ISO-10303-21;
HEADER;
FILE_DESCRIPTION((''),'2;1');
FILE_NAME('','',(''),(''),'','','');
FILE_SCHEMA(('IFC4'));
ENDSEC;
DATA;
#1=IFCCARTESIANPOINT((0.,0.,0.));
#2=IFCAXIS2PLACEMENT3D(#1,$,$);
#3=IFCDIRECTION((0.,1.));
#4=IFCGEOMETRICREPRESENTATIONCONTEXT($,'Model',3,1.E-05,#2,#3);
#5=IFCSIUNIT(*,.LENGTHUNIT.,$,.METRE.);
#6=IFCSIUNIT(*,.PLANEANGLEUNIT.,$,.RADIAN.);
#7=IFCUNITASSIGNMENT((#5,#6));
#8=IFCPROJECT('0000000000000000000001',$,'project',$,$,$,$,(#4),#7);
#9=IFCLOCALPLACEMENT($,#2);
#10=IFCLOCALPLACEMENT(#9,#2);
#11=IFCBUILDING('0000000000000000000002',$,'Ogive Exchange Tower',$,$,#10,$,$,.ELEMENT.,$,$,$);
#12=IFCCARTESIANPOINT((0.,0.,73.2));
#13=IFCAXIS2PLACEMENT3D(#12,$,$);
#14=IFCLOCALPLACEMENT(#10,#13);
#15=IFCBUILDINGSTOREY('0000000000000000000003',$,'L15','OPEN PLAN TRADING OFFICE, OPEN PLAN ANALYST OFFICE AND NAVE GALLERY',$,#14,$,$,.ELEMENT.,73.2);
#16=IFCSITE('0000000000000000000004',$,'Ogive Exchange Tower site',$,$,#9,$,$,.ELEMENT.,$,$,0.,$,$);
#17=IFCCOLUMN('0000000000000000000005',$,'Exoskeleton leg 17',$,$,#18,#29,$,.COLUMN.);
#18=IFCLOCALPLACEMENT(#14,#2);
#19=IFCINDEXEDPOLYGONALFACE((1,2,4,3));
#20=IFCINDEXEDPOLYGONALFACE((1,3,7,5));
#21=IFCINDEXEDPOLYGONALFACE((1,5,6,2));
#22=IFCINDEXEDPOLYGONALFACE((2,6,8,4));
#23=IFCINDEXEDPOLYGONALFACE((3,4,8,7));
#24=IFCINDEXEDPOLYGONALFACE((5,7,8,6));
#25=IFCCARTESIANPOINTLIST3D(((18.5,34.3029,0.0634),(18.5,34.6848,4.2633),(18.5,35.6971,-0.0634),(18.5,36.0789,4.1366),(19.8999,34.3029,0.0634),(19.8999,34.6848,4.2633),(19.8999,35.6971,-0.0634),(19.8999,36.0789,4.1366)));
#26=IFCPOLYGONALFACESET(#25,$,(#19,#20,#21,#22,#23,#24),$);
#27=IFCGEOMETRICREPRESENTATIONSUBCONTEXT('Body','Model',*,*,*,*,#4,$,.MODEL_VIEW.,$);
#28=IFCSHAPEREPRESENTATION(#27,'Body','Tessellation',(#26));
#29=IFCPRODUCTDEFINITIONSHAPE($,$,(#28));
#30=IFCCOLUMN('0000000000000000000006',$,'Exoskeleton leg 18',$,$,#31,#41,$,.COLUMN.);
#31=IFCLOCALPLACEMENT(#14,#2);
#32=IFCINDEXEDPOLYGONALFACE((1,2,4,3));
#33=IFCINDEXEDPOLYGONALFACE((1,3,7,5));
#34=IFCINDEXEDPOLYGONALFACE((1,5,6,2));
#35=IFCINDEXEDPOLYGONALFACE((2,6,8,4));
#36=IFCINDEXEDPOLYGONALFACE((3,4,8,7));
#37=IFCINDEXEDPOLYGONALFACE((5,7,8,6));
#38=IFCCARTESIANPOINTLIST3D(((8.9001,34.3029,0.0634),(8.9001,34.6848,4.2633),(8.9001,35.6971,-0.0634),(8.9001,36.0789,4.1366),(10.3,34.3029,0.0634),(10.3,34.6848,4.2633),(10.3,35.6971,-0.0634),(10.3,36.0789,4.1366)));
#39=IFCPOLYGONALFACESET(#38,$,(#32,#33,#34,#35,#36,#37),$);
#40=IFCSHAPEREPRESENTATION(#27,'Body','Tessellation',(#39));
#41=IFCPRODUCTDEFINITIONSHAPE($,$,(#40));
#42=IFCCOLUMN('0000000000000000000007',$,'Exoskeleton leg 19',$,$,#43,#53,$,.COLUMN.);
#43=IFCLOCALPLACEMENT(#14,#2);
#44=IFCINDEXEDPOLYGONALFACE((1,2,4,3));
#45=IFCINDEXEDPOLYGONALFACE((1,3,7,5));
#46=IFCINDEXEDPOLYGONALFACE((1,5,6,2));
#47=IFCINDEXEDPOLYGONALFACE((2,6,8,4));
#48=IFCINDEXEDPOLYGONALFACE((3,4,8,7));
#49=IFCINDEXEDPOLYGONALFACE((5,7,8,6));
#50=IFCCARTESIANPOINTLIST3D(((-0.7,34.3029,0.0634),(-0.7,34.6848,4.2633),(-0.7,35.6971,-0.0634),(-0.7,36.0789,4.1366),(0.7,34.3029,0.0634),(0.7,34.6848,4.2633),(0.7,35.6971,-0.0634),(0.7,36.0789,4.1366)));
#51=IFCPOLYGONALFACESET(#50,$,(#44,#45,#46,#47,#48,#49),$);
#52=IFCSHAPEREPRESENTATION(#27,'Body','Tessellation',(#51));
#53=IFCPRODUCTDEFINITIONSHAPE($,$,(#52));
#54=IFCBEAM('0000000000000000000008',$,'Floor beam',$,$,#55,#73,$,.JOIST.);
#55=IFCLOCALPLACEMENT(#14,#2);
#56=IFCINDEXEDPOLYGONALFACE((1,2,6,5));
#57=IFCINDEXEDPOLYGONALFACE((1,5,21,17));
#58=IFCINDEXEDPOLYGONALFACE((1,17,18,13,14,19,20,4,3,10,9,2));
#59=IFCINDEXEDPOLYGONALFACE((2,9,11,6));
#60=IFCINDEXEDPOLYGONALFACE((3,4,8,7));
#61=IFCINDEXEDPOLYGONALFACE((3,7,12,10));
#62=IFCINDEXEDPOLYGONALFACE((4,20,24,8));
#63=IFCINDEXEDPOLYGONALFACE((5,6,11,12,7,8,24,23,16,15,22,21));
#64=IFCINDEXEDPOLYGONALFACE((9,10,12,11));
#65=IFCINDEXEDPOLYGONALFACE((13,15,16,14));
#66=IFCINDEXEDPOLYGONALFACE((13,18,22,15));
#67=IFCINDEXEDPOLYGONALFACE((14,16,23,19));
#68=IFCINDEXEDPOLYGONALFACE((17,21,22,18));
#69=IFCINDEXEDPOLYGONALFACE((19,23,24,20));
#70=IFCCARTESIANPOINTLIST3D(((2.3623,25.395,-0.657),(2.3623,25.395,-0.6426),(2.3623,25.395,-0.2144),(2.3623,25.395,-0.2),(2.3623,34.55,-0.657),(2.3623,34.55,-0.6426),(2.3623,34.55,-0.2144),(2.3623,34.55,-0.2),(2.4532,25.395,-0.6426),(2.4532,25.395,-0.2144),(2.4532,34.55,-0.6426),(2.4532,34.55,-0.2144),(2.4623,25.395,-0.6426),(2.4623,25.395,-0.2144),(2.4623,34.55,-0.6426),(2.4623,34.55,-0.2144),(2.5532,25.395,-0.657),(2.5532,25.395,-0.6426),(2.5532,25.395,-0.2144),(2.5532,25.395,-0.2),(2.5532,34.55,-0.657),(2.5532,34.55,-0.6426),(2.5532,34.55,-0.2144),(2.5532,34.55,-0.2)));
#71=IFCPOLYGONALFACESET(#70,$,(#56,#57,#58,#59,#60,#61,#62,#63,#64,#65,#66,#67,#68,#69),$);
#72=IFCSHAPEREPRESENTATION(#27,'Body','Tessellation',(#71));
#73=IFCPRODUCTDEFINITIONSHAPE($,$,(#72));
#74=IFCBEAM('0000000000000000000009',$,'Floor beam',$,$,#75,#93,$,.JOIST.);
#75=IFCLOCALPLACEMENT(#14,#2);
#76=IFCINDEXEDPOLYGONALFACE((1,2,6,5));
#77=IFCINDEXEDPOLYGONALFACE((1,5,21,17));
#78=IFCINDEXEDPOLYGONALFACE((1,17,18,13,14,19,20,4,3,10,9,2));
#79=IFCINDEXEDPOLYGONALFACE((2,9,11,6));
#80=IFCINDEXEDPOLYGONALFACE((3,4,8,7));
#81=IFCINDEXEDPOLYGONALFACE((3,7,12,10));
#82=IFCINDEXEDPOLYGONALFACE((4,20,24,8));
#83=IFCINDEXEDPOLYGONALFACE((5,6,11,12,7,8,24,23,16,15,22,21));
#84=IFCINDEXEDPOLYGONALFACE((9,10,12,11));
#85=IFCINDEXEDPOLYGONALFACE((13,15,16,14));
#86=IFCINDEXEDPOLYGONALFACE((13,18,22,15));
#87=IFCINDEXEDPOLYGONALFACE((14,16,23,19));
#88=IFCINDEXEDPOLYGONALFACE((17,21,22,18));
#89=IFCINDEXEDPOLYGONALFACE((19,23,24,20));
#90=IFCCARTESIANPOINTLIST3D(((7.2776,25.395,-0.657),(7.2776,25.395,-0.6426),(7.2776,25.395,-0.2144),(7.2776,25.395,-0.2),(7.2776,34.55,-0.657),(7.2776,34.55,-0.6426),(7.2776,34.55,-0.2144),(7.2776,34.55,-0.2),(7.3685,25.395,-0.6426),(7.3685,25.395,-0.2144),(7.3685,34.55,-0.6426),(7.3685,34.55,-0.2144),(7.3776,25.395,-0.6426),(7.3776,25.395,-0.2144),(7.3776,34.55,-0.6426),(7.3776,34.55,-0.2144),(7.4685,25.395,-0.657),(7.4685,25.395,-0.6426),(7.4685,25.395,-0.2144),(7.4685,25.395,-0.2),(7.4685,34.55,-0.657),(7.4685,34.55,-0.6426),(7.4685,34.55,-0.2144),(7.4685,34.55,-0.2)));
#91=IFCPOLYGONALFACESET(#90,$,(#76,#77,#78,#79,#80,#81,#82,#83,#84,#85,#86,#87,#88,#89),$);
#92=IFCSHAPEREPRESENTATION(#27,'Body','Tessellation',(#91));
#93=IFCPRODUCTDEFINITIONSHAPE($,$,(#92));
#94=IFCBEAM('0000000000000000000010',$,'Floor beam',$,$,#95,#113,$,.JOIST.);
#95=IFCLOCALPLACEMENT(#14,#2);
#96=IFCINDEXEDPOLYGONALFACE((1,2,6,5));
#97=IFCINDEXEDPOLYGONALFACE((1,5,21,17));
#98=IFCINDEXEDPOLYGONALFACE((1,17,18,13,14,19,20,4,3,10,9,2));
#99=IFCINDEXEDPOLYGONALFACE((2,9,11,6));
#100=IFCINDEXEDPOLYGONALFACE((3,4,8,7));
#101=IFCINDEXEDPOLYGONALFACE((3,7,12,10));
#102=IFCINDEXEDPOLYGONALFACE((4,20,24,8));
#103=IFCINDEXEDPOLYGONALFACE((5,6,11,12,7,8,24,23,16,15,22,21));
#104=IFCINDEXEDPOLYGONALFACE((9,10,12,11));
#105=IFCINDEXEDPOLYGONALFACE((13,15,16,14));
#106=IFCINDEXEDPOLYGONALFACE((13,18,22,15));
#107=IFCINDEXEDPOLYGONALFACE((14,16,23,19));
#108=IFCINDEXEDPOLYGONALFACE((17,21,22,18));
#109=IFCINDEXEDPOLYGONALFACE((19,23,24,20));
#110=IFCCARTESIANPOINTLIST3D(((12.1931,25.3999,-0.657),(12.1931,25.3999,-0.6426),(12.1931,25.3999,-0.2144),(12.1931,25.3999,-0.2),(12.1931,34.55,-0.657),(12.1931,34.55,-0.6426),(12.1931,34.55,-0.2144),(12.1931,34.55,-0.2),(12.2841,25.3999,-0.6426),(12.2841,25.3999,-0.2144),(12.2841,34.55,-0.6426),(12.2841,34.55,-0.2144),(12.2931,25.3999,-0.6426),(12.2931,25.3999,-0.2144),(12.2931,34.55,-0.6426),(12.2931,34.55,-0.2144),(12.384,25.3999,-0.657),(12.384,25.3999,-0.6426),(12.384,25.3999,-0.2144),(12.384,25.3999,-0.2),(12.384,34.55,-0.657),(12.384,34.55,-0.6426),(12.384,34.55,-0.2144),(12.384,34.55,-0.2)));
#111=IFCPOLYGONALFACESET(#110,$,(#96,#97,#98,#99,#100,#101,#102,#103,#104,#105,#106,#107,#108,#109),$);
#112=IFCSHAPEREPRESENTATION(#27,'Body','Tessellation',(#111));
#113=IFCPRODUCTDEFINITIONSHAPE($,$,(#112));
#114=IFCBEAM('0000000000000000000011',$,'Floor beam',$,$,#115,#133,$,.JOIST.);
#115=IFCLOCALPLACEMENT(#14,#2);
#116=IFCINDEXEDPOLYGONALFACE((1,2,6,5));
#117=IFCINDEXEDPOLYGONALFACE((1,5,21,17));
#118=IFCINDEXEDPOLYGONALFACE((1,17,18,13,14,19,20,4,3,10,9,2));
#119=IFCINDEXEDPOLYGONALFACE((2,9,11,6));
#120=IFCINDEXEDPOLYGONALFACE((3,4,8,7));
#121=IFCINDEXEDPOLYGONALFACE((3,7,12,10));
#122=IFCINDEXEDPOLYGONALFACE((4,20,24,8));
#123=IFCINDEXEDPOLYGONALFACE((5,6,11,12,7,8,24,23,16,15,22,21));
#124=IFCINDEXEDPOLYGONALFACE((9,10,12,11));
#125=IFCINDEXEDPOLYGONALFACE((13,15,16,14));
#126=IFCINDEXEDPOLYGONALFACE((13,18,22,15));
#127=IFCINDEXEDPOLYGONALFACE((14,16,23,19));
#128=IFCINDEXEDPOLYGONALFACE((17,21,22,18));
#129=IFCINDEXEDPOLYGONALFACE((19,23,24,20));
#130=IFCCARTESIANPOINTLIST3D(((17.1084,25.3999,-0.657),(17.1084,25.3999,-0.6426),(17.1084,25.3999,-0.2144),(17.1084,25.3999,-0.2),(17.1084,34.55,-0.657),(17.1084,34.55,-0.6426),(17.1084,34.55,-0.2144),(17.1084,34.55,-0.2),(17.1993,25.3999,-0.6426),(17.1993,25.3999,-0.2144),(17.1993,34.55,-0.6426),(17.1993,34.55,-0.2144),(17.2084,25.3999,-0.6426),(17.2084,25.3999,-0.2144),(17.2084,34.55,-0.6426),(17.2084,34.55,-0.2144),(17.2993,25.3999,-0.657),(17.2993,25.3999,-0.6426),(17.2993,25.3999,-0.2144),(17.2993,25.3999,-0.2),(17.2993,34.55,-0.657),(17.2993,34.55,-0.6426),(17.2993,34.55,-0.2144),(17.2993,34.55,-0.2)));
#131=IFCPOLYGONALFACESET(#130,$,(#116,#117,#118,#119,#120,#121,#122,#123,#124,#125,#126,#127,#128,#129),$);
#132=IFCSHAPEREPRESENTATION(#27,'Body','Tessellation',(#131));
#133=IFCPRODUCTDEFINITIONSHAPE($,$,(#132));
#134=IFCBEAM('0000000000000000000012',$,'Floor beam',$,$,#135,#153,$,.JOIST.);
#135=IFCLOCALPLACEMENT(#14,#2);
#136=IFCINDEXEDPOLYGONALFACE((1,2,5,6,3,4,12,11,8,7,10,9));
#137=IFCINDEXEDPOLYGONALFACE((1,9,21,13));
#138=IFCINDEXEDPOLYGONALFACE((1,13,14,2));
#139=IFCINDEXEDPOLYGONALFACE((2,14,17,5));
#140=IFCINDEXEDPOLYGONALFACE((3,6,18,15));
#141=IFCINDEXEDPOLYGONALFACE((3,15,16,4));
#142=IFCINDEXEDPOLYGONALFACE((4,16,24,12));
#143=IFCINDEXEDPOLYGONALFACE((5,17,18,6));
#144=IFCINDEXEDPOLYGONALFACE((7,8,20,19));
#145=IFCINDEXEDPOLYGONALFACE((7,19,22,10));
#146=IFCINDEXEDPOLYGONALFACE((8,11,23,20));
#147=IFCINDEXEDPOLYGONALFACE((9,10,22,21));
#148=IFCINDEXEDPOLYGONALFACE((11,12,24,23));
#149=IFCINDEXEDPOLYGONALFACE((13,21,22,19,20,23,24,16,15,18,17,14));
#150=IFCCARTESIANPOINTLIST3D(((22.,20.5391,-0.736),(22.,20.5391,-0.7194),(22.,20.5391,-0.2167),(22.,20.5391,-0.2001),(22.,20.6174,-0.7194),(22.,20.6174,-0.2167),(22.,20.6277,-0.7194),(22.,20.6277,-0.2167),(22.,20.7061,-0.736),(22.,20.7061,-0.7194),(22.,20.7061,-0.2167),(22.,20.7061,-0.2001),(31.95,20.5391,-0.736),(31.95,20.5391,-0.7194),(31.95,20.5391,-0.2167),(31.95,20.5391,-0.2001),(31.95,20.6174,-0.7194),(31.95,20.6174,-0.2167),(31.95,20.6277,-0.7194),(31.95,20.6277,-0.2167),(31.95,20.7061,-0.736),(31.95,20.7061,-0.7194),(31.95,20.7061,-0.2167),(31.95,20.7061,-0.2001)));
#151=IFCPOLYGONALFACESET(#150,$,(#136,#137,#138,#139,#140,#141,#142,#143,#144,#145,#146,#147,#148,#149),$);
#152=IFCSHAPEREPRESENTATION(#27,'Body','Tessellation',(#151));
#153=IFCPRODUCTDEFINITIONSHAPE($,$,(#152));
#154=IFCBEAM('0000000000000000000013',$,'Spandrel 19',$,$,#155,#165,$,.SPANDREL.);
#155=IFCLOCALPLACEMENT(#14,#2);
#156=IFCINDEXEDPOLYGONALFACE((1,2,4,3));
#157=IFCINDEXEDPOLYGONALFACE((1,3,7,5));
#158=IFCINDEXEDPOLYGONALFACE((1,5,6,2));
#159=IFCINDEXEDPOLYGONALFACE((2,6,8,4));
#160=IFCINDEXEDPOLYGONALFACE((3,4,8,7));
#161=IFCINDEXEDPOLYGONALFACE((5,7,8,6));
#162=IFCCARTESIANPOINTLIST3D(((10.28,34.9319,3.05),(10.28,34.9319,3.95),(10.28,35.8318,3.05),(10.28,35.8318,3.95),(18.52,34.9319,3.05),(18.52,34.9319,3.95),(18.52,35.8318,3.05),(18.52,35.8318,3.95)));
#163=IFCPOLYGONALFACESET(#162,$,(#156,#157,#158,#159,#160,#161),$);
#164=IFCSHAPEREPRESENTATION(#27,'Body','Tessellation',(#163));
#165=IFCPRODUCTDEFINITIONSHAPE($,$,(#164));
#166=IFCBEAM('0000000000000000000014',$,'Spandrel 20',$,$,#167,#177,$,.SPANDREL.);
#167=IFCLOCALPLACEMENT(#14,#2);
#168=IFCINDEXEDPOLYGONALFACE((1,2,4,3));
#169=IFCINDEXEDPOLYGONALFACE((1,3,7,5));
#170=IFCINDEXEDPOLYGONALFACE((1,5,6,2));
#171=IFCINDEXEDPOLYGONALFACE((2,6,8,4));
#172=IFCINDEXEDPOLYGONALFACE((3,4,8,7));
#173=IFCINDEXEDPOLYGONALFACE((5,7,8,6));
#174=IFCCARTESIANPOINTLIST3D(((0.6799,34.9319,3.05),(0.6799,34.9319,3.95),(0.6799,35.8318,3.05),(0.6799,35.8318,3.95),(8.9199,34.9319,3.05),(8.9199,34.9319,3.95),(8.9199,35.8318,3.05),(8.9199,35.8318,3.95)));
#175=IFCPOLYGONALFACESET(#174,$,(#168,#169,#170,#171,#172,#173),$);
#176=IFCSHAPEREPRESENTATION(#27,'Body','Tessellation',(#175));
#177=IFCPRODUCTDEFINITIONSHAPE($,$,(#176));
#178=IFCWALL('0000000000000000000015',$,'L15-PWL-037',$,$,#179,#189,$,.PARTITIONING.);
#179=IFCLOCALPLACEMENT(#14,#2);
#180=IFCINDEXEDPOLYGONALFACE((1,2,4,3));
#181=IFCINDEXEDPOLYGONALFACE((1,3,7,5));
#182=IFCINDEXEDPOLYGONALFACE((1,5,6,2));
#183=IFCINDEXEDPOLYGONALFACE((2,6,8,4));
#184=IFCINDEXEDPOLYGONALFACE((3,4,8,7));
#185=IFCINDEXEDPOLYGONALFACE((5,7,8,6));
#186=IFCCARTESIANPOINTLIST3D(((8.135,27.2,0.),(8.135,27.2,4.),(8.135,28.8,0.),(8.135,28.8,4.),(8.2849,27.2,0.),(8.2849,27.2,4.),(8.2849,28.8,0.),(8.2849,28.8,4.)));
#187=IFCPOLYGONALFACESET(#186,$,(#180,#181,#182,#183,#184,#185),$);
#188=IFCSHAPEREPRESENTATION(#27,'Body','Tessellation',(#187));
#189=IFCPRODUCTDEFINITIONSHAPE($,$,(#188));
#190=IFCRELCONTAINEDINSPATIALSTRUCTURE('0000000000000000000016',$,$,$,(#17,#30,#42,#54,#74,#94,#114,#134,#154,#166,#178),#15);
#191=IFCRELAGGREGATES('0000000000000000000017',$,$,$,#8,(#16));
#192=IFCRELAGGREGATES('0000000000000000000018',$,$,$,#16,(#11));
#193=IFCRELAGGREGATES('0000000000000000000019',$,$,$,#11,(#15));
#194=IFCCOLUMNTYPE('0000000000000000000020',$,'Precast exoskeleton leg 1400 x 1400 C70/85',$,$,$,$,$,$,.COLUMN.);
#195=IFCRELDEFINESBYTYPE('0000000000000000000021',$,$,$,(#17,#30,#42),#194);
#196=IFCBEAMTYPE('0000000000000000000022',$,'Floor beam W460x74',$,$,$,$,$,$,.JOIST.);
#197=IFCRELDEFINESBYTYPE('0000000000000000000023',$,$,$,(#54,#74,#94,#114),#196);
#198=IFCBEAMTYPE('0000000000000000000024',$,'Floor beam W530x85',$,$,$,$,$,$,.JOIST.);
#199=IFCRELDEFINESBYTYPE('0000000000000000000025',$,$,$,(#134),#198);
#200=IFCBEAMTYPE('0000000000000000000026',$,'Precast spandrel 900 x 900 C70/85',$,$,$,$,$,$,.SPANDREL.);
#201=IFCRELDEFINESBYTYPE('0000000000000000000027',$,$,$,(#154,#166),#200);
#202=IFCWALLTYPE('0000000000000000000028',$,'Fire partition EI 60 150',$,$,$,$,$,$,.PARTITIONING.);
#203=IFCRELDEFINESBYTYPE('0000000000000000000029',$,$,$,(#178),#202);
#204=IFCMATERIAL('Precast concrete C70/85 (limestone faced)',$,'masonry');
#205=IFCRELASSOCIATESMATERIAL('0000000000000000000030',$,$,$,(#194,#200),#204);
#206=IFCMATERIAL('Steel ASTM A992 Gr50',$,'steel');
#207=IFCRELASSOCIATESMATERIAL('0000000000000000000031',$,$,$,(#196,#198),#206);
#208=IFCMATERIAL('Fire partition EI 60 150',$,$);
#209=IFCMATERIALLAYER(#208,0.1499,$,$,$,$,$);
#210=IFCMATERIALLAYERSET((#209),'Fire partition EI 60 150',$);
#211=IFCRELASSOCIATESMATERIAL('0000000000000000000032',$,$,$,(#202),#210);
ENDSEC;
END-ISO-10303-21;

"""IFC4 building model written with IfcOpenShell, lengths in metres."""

from ifc_helpers import new_model, si_unit, direction, frame, frame_2d, origin, origin_2d, place, context, subcontext, project, spatial, rectangle, i_section, extrude, material, layer, layer_set, material_profile, profile_set, type_object, element, save


model = new_model("IFC4")

# Units and contexts
model_context = context("Model", 3, precision=1e-05, world=origin(), true_north=direction((0.0, 1.0)))
body_context = subcontext(model_context, "Body", "Model", "MODEL_VIEW")
ifc_project = project(units=[si_unit("LENGTHUNIT", "METRE"), si_unit("PLANEANGLEUNIT", "RADIAN")], contexts=[model_context])

# Site, building, storey
site_placement = place(None, origin())
site = spatial("IfcSite", under=ifc_project, at=site_placement, Name="Ogive Exchange Tower site", CompositionType="ELEMENT", RefElevation=0.0)
building_placement = place(site_placement, origin())
building = spatial("IfcBuilding", under=site, at=building_placement, Name="Ogive Exchange Tower", CompositionType="ELEMENT")
storey_placement = place(building_placement, frame((0.0, 0.0, 73.2)))
storey = spatial("IfcBuildingStorey", under=building, at=storey_placement, Name="L15", Description="OPEN PLAN TRADING OFFICE, OPEN PLAN ANALYST OFFICE AND NAVE GALLERY", CompositionType="ELEMENT", Elevation=73.2)

# Columns
ifc_material_1 = material(Name="Precast concrete C70/85 (limestone faced)", Category="masonry")
ifc_material_profile_1 = material_profile(ifc_material_1, rectangle(XDim=1.3999, YDim=1.3999, at=origin_2d()), Name="1400 x 1400")
ifc_profile_set_1 = profile_set([ifc_material_profile_1], Name="Precast concrete C70/85 (limestone faced)")
column_type = type_object("IfcColumnType", Name="Precast exoskeleton leg 1400 x 1400 C70/85", PredefinedType="COLUMN", material=ifc_profile_set_1)
for number, where, z_axis, x_axis, name in (
    (1, (19.2, 35.0, 0.0), (0.0, 0.090541, 0.995893), (-1.0, 0.0, 0.0), "Exoskeleton leg 17"),
    (2, (9.6001, 35.0, 0.0), (0.0, 0.090541, 0.995893), (-1.0, 0.0, 0.0), "Exoskeleton leg 18"),
    (3, (0.0, 35.0, 0.0), (0.0, 0.090541, 0.995893), (-1.0, 0.0, 0.0), "Exoskeleton leg 19"),
):
    element("IfcColumn", number, at=place(storey_placement, frame(where, z_axis=z_axis, x_axis=x_axis)), inside=storey, type_object=column_type, Name=name, PredefinedType="COLUMN", context=body_context, shape_type="SweptSolid", body=[
        extrude(rectangle(XDim=1.3999, YDim=1.3999, at=origin_2d()), origin(), (0.0, 0.0, 1.0), 4.2173),
    ])

# Beams
ifc_material_2 = material(Name="Steel ASTM A992 Gr50", Category="steel")
ifc_material_profile_2 = material_profile(ifc_material_2, i_section(OverallWidth=0.1909, OverallDepth=0.457, WebThickness=0.009, FlangeThickness=0.0144, at=origin_2d()), Name="W460x74")
ifc_profile_set_2 = profile_set([ifc_material_profile_2], Name="Steel ASTM A992 Gr50")
beam_type_1 = type_object("IfcBeamType", Name="Floor beam W460x74", PredefinedType="JOIST", material=ifc_profile_set_2)
for number, where, z_axis, x_axis, name in (
    (4, (2.4578, 25.395, -0.4285), (0.0, 1.0, 0.0), (-1.0, 0.0, 0.0), "Floor beam"),
    (5, (7.373, 25.395, -0.4285), (0.0, 1.0, 0.0), (-1.0, 0.0, 0.0), "Floor beam"),
):
    element("IfcBeam", number, at=place(storey_placement, frame(where, z_axis=z_axis, x_axis=x_axis)), inside=storey, type_object=beam_type_1, Name=name, PredefinedType="JOIST", context=body_context, shape_type="SweptSolid", body=[
        extrude(i_section(OverallWidth=0.1909, OverallDepth=0.457, WebThickness=0.009, FlangeThickness=0.0144, at=origin_2d()), origin(), (0.0, 0.0, 1.0), 9.155),
    ])
for number, where, z_axis, x_axis, name in (
    (6, (12.2886, 25.3999, -0.4285), (0.0, 1.0, 0.0), (-1.0, 0.0, 0.0), "Floor beam"),
    (7, (17.2039, 25.3999, -0.4285), (0.0, 1.0, 0.0), (-1.0, 0.0, 0.0), "Floor beam"),
):
    element("IfcBeam", number, at=place(storey_placement, frame(where, z_axis=z_axis, x_axis=x_axis)), inside=storey, type_object=beam_type_1, Name=name, PredefinedType="JOIST", context=body_context, shape_type="SweptSolid", body=[
        extrude(i_section(OverallWidth=0.1909, OverallDepth=0.457, WebThickness=0.009, FlangeThickness=0.0144, at=origin_2d()), origin(), (0.0, 0.0, 1.0), 9.1501),
    ])
ifc_material_profile_3 = material_profile(ifc_material_2, i_section(OverallWidth=0.167, OverallDepth=0.5359, WebThickness=0.0103, FlangeThickness=0.0166, at=origin_2d()), Name="W530x85")
ifc_profile_set_3 = profile_set([ifc_material_profile_3], Name="Steel ASTM A992 Gr50")
beam_type_2 = type_object("IfcBeamType", Name="Floor beam W530x85", PredefinedType="JOIST", material=ifc_profile_set_3)
beam_placement = place(storey_placement, frame((22.0, 20.6226, -0.468), z_axis=(1.0, 0.0, 0.0), x_axis=(0.0, 1.0, 0.0)))
element("IfcBeam", 8, at=beam_placement, inside=storey, type_object=beam_type_2, Name="Floor beam", PredefinedType="JOIST", context=body_context, shape_type="SweptSolid", body=[
    extrude(i_section(OverallWidth=0.167, OverallDepth=0.5359, WebThickness=0.0103, FlangeThickness=0.0166, at=origin_2d()), origin(), (0.0, 0.0, 1.0), 9.95),
])
ifc_material_profile_4 = material_profile(ifc_material_1, rectangle(XDim=0.8999, YDim=0.8999, at=origin_2d()), Name="900 x 900")
ifc_profile_set_4 = profile_set([ifc_material_profile_4], Name="Precast concrete C70/85 (limestone faced)")
beam_type_3 = type_object("IfcBeamType", Name="Precast spandrel 900 x 900 C70/85", PredefinedType="SPANDREL", material=ifc_profile_set_4)
for number, where, z_axis, x_axis, name in (
    (9, (18.52, 35.3818, 3.5), (-1.0, 0.0, 0.0), (0.0, -1.0, 0.0), "Spandrel 19"),
    (10, (8.9199, 35.3818, 3.5), (-1.0, 0.0, 0.0), (0.0, -1.0, 0.0), "Spandrel 20"),
):
    element("IfcBeam", number, at=place(storey_placement, frame(where, z_axis=z_axis, x_axis=x_axis)), inside=storey, type_object=beam_type_3, Name=name, PredefinedType="SPANDREL", context=body_context, shape_type="SweptSolid", body=[
        extrude(rectangle(XDim=0.8999, YDim=0.8999, at=origin_2d()), origin(), (0.0, 0.0, 1.0), 8.24),
    ])

# Wall
ifc_material_3 = material(Name="Fire partition EI 60 150")
ifc_layer_1 = layer(ifc_material_3, 0.1499)
ifc_layer_set_1 = layer_set([ifc_layer_1], Name="Fire partition EI 60 150")
wall_type_1 = type_object("IfcWallType", Name="Fire partition EI 60 150", PredefinedType="PARTITIONING", material=ifc_layer_set_1)
wall_1_placement = place(storey_placement, frame((8.21, 27.2, 0.0), z_axis=(0.0, 0.0, 1.0), x_axis=(0.0, 1.0, 0.0)))
element("IfcWall", 11, at=wall_1_placement, inside=storey, type_object=wall_type_1, Name="L15-PWL-037", PredefinedType="PARTITIONING", context=body_context, shape_type="SweptSolid", body=[
    extrude(rectangle(XDim=1.6001, YDim=0.1499, at=frame_2d((0.8, 0.0))), origin(), (0.0, 0.0, 1.0), 4.0),
])

save(model, "model.ifc")
